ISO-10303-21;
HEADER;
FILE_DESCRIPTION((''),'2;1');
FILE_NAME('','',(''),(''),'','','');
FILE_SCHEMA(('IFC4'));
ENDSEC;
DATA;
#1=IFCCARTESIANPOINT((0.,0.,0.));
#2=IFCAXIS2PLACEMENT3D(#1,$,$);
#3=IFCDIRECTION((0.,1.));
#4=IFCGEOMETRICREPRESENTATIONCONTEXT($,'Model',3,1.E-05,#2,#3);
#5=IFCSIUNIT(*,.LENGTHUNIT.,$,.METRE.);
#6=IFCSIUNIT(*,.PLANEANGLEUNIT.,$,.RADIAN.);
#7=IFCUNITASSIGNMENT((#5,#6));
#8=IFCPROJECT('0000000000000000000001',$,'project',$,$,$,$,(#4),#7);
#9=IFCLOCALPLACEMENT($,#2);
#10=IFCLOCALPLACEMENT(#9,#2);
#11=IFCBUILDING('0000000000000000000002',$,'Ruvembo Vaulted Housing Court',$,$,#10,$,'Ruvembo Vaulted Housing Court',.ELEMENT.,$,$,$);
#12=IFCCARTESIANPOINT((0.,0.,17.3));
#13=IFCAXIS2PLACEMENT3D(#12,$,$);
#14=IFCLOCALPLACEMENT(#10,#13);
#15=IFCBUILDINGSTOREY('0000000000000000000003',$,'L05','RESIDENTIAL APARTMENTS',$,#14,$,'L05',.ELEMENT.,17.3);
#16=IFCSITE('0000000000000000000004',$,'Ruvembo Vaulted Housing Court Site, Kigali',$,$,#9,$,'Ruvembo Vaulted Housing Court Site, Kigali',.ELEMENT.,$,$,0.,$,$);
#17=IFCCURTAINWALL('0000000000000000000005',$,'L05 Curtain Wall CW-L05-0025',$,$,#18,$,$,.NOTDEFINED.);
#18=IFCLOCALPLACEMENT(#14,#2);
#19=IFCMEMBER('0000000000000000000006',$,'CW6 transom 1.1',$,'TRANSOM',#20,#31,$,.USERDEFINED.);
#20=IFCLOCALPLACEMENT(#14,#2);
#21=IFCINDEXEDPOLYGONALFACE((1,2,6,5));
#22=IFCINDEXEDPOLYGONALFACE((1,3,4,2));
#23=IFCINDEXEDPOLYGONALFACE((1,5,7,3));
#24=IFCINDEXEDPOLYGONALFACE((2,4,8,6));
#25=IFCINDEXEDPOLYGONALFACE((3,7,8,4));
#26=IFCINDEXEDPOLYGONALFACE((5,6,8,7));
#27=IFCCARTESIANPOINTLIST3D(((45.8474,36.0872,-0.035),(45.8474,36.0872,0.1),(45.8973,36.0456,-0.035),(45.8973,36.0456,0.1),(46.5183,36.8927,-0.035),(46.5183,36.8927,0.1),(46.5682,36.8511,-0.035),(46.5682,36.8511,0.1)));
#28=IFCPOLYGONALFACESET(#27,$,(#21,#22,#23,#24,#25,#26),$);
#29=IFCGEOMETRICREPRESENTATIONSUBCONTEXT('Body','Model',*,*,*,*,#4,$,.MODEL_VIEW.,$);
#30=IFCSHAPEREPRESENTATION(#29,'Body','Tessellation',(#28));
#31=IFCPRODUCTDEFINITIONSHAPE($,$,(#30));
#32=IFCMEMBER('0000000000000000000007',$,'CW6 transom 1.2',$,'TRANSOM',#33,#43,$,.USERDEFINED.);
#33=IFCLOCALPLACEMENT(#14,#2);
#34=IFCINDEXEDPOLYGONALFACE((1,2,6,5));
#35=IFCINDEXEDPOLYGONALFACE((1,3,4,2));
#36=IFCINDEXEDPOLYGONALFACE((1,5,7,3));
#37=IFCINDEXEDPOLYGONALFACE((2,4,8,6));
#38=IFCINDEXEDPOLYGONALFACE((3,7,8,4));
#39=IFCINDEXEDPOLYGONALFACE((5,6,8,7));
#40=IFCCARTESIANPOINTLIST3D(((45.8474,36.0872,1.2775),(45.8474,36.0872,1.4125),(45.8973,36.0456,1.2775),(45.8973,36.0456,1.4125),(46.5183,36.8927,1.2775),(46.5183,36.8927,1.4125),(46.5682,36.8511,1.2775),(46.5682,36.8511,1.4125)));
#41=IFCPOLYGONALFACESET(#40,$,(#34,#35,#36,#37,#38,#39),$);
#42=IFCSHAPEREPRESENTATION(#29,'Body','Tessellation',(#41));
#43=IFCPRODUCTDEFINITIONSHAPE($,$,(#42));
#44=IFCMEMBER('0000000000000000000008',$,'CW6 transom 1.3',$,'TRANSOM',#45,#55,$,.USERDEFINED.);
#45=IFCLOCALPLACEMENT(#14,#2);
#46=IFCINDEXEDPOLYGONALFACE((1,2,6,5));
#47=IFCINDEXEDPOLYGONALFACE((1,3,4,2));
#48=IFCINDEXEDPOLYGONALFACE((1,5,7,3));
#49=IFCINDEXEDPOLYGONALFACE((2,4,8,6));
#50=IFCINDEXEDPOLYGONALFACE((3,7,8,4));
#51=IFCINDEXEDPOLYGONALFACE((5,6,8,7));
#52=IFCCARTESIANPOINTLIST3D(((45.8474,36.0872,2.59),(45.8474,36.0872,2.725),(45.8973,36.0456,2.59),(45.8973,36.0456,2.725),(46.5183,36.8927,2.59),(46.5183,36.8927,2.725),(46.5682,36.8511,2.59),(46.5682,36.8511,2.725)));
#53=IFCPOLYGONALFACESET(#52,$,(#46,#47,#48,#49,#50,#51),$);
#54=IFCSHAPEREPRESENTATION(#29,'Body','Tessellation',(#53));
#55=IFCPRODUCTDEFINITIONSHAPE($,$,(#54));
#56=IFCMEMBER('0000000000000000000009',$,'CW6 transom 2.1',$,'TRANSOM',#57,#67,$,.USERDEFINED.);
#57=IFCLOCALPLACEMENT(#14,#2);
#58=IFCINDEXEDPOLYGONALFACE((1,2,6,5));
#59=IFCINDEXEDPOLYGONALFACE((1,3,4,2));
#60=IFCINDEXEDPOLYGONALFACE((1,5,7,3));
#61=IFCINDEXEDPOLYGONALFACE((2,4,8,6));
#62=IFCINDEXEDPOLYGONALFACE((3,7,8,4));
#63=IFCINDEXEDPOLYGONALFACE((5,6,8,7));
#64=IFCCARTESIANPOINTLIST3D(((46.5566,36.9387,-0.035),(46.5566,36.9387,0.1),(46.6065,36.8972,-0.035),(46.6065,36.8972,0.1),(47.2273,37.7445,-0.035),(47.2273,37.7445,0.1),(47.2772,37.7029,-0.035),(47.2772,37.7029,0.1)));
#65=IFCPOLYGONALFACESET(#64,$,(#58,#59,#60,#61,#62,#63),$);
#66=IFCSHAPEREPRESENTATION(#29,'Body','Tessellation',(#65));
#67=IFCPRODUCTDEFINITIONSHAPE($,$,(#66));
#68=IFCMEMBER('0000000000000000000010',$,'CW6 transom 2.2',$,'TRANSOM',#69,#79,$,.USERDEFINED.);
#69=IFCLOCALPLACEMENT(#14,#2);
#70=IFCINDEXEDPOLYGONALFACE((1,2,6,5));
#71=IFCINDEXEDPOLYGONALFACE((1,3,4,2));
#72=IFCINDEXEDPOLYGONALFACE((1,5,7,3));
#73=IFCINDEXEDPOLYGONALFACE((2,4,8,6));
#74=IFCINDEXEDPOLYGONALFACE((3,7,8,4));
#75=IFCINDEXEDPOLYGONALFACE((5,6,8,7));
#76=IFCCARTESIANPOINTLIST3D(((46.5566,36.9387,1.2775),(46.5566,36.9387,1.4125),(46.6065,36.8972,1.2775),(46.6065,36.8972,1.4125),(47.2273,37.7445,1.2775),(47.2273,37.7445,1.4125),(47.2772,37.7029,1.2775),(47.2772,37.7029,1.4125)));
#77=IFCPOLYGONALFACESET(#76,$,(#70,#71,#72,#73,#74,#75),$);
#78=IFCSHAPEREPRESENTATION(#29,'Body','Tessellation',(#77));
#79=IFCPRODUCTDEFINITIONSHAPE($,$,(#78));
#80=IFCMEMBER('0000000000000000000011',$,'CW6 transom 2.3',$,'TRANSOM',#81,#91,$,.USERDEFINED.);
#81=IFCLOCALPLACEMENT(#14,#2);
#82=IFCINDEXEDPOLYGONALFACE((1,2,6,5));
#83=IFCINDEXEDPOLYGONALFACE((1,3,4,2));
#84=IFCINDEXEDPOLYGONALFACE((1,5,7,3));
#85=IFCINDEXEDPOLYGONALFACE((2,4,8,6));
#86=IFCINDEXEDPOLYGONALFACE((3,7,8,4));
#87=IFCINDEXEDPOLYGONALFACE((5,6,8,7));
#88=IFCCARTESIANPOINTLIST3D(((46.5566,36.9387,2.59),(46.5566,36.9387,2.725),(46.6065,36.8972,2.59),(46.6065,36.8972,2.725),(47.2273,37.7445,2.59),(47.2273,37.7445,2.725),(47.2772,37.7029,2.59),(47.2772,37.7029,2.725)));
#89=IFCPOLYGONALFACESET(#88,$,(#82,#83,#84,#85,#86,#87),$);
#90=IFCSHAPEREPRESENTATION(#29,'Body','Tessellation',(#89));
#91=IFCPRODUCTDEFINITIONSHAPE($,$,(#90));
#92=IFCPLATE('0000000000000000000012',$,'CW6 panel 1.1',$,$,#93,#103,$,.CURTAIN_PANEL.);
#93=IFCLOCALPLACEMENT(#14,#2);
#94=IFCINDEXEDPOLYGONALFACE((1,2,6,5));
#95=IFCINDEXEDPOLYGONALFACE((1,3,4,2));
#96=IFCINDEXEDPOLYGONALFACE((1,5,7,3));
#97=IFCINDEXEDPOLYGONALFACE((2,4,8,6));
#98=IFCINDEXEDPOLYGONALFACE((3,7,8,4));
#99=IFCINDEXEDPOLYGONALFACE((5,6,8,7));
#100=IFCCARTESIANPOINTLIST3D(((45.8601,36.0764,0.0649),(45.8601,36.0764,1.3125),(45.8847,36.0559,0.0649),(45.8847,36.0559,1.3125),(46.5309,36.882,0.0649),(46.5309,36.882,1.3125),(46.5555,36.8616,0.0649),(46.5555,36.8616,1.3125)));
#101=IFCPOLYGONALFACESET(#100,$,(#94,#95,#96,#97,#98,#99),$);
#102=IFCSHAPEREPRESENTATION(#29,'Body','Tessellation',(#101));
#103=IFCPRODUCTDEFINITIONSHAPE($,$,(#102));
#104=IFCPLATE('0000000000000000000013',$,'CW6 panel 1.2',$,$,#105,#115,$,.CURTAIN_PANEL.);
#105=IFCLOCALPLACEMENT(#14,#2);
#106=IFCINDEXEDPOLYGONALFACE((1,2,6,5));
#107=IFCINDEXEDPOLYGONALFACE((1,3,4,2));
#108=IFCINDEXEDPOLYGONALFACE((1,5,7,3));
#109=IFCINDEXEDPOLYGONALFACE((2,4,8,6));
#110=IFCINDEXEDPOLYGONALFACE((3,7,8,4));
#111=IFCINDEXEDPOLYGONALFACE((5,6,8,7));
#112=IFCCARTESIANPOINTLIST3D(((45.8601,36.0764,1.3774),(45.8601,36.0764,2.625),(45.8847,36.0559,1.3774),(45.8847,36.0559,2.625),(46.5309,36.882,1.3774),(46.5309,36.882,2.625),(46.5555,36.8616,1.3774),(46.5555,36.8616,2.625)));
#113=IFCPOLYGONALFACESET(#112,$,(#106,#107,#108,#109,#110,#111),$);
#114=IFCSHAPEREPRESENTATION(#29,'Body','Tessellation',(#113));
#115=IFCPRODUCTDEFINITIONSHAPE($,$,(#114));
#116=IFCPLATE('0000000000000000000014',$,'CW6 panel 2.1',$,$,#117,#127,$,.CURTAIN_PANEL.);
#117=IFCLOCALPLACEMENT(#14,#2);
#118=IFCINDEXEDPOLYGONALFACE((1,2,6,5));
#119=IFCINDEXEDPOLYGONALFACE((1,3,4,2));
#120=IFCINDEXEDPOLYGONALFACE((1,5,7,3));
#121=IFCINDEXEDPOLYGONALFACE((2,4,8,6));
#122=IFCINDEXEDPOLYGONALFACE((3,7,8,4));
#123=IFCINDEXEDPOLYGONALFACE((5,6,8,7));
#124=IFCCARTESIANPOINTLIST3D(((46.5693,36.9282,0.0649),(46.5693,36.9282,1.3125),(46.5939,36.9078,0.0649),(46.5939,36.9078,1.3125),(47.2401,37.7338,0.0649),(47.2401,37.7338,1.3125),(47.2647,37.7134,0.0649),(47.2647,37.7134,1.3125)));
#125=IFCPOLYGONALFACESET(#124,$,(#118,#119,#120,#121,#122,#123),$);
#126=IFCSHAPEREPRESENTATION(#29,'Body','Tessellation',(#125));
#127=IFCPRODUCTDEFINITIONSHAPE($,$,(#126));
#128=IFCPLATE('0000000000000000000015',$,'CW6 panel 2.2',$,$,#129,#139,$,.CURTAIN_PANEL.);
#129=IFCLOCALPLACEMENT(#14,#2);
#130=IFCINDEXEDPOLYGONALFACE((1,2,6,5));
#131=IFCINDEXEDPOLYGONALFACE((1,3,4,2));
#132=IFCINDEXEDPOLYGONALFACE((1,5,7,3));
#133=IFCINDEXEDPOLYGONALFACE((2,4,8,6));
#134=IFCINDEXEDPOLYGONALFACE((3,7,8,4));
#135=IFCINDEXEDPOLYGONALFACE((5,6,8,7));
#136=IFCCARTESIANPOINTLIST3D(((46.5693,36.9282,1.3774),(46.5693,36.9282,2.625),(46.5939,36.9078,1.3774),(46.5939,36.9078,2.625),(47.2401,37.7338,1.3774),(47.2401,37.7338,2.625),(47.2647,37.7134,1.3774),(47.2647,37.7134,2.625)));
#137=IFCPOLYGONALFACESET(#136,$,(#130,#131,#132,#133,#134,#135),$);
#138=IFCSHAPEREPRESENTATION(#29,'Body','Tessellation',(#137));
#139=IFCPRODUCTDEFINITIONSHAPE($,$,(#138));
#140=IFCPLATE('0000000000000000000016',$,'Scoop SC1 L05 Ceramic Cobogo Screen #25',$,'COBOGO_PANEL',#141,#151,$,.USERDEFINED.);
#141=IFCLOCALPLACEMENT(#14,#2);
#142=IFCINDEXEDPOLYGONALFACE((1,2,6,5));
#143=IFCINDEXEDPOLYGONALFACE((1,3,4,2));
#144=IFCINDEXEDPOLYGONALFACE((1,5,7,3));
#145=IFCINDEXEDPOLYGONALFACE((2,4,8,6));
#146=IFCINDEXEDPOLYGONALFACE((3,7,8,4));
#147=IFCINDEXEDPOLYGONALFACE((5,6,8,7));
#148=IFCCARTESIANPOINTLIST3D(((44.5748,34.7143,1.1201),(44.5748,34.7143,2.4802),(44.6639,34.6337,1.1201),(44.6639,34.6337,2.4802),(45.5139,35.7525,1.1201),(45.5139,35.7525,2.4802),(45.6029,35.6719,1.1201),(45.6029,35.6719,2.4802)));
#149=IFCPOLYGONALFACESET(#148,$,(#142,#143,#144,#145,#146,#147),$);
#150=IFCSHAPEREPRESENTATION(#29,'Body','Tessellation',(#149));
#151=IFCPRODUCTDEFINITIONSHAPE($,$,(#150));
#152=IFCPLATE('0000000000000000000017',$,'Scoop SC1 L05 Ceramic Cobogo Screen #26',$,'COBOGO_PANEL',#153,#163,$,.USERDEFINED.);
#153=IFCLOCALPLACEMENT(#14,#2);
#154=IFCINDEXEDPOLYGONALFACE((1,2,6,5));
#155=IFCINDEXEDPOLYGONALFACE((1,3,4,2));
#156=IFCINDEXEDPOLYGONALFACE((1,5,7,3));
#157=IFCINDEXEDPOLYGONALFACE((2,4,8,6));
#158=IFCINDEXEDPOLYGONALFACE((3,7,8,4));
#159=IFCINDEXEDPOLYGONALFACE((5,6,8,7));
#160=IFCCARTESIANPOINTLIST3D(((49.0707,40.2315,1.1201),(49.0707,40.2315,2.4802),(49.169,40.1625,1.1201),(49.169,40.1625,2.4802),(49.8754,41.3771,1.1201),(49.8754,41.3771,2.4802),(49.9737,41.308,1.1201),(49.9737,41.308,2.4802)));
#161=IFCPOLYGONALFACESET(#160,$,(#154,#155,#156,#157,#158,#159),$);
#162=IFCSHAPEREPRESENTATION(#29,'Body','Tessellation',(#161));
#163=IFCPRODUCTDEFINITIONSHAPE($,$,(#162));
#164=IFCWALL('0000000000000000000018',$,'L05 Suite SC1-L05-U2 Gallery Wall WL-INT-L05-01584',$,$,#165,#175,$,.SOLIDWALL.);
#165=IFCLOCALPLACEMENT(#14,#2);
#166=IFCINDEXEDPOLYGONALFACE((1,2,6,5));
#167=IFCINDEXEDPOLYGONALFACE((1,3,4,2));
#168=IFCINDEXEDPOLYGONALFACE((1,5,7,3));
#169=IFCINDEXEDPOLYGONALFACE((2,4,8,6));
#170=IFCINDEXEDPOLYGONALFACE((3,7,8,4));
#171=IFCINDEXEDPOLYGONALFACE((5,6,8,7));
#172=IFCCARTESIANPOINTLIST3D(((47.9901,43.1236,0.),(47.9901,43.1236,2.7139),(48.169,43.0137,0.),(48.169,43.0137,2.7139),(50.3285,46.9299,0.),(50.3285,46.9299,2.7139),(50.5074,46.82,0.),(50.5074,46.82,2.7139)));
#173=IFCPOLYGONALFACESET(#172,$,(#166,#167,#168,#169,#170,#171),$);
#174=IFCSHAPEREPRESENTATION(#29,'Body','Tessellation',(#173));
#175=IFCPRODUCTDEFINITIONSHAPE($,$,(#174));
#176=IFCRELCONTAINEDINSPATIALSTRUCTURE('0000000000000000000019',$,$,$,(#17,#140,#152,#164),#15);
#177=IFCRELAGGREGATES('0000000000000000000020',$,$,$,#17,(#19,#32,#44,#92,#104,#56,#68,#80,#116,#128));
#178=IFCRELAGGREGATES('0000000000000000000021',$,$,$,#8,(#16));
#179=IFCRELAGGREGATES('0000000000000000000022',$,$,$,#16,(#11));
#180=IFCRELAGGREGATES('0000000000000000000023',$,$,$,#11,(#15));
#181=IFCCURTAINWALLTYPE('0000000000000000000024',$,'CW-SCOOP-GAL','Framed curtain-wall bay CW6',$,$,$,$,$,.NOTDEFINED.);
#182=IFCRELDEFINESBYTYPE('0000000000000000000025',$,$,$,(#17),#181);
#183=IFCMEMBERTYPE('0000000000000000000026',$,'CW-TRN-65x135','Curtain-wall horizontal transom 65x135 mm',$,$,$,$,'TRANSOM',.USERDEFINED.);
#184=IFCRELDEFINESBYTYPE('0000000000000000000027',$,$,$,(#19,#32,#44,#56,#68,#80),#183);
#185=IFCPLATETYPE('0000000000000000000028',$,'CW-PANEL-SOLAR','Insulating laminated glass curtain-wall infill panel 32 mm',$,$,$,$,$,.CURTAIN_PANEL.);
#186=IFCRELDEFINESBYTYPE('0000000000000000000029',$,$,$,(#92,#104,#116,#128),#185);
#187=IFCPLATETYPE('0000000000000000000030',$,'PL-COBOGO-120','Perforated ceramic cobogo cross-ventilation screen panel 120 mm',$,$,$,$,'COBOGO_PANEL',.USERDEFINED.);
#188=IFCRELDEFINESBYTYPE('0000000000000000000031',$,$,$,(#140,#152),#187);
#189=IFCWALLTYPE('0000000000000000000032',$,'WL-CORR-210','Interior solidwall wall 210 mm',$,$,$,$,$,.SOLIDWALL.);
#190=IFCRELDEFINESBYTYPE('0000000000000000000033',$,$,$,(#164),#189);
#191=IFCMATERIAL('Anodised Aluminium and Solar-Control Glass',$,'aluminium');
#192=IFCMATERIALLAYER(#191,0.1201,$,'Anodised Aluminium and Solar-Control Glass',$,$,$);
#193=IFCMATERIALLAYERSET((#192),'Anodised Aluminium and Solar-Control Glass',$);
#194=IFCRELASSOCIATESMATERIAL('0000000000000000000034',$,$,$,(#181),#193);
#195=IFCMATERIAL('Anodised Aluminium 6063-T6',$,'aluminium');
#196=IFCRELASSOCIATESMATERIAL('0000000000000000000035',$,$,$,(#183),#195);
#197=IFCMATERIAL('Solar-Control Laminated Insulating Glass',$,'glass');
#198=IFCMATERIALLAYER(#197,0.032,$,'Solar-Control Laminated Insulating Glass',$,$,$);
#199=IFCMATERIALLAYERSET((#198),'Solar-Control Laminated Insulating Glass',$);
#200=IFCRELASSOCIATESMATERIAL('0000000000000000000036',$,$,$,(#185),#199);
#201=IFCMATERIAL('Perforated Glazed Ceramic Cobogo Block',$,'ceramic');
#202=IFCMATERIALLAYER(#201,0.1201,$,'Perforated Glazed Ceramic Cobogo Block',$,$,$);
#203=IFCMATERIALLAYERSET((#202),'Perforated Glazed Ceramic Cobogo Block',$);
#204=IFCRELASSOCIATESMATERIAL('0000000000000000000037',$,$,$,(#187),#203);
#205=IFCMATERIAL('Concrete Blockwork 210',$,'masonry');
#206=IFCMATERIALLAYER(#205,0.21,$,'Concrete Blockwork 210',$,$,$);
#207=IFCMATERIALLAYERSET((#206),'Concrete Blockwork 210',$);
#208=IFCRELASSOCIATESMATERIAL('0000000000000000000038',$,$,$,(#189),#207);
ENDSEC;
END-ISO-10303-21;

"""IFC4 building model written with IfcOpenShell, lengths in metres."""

from ifc_helpers import new_model, si_unit, direction, frame, frame_2d, origin, origin_2d, place, context, subcontext, project, spatial, rectangle, extrude, material, layer, layer_set, material_profile, profile_set, type_object, element, aggregate, save


model = new_model("IFC4")

# Units and contexts
model_context = context("Model", 3, precision=1e-05, world=origin(), true_north=direction((0.0, 1.0)))
body_context = subcontext(model_context, "Body", "Model", "MODEL_VIEW")
ifc_project = project(units=[si_unit("LENGTHUNIT", "METRE"), si_unit("PLANEANGLEUNIT", "RADIAN")], contexts=[model_context])

# Site, building, storey
site_placement = place(None, origin())
site = spatial("IfcSite", under=ifc_project, at=site_placement, Name="Ruvembo Vaulted Housing Court Site, Kigali", LongName="Ruvembo Vaulted Housing Court Site, Kigali", CompositionType="ELEMENT", RefElevation=0.0)
building_placement = place(site_placement, origin())
building = spatial("IfcBuilding", under=site, at=building_placement, Name="Ruvembo Vaulted Housing Court", LongName="Ruvembo Vaulted Housing Court", CompositionType="ELEMENT")
storey_placement = place(building_placement, frame((0.0, 0.0, 17.3)))
storey = spatial("IfcBuildingStorey", under=building, at=storey_placement, Name="L05", Description="RESIDENTIAL APARTMENTS", LongName="L05", CompositionType="ELEMENT", Elevation=17.3)

# Shared definitions
ifc_material_1 = material(Name="Anodised Aluminium and Solar-Control Glass", Category="aluminium")
ifc_layer_1 = layer(ifc_material_1, 0.1201, Name="Anodised Aluminium and Solar-Control Glass")
ifc_layer_set_1 = layer_set([ifc_layer_1], Name="Anodised Aluminium and Solar-Control Glass")
curtain_wall_type = type_object("IfcCurtainWallType", Name="CW-SCOOP-GAL", Description="Framed curtain-wall bay CW6", PredefinedType="NOTDEFINED", material=ifc_layer_set_1)
ifc_material_2 = material(Name="Anodised Aluminium 6063-T6", Category="aluminium")

# Curtain wall
curtain_wall_1_placement = place(storey_placement, origin())
curtain_wall_1 = element("IfcCurtainWall", 1, at=curtain_wall_1_placement, inside=storey, type_object=curtain_wall_type, Name="L05 Curtain Wall CW-L05-0025", PredefinedType="NOTDEFINED")

# Members
ifc_material_profile_1 = material_profile(ifc_material_2, rectangle(XDim=0.0649, YDim=0.135, at=origin_2d()), Name="ALU 65x135")
ifc_profile_set_1 = profile_set([ifc_material_profile_1], Name="Anodised Aluminium 6063-T6")
member_type_1 = type_object("IfcMemberType", Name="CW-TRN-65x135", Description="Curtain-wall horizontal transom 65x135 mm", ElementType="TRANSOM", PredefinedType="USERDEFINED", material=ifc_profile_set_1)
member_1_placement = place(storey_placement, frame((45.8723, 36.0664, 0.0325), z_axis=(0.640024, 0.768355, 0.0), x_axis=(-0.768355, 0.640024, 0.0)))
member_1 = element("IfcMember", 2, at=member_1_placement, type_object=member_type_1, Name="CW6 transom 1.1", ObjectType="TRANSOM", PredefinedType="USERDEFINED", context=body_context, shape_type="SweptSolid", body=[
    extrude(rectangle(XDim=0.0649, YDim=0.135, at=origin_2d()), origin(), (0.0, 0.0, 1.0), 1.0483),
])
member_2_placement = place(storey_placement, frame((45.8723, 36.0664, 1.345), z_axis=(0.640024, 0.768355, 0.0), x_axis=(-0.768355, 0.640024, 0.0)))
member_2 = element("IfcMember", 3, at=member_2_placement, type_object=member_type_1, Name="CW6 transom 1.2", ObjectType="TRANSOM", PredefinedType="USERDEFINED", context=body_context, shape_type="SweptSolid", body=[
    extrude(rectangle(XDim=0.0649, YDim=0.135, at=origin_2d()), origin(), (0.0, 0.0, 1.0), 1.0483),
])
member_3_placement = place(storey_placement, frame((45.8723, 36.0664, 2.6575), z_axis=(0.640024, 0.768355, 0.0), x_axis=(-0.768355, 0.640024, 0.0)))
member_3 = element("IfcMember", 4, at=member_3_placement, type_object=member_type_1, Name="CW6 transom 1.3", ObjectType="TRANSOM", PredefinedType="USERDEFINED", context=body_context, shape_type="SweptSolid", body=[
    extrude(rectangle(XDim=0.0649, YDim=0.135, at=origin_2d()), origin(), (0.0, 0.0, 1.0), 1.0483),
])
member_4_placement = place(storey_placement, frame((46.5815, 36.918, 0.0325), z_axis=(0.639772, 0.768565, 0.0), x_axis=(-0.768565, 0.639772, 0.0)))
member_4 = element("IfcMember", 5, at=member_4_placement, type_object=member_type_1, Name="CW6 transom 2.1", ObjectType="TRANSOM", PredefinedType="USERDEFINED", context=body_context, shape_type="SweptSolid", body=[
    extrude(rectangle(XDim=0.0649, YDim=0.135, at=origin_2d()), origin(), (0.0, 0.0, 1.0), 1.0483),
])
member_5_placement = place(storey_placement, frame((46.5815, 36.918, 1.345), z_axis=(0.639772, 0.768565, 0.0), x_axis=(-0.768565, 0.639772, 0.0)))
member_5 = element("IfcMember", 6, at=member_5_placement, type_object=member_type_1, Name="CW6 transom 2.2", ObjectType="TRANSOM", PredefinedType="USERDEFINED", context=body_context, shape_type="SweptSolid", body=[
    extrude(rectangle(XDim=0.0649, YDim=0.135, at=origin_2d()), origin(), (0.0, 0.0, 1.0), 1.0483),
])
member_6_placement = place(storey_placement, frame((46.5815, 36.918, 2.6575), z_axis=(0.639772, 0.768565, 0.0), x_axis=(-0.768565, 0.639772, 0.0)))
member_6 = element("IfcMember", 7, at=member_6_placement, type_object=member_type_1, Name="CW6 transom 2.3", ObjectType="TRANSOM", PredefinedType="USERDEFINED", context=body_context, shape_type="SweptSolid", body=[
    extrude(rectangle(XDim=0.0649, YDim=0.135, at=origin_2d()), origin(), (0.0, 0.0, 1.0), 1.0483),
])

# Plates
ifc_material_3 = material(Name="Solar-Control Laminated Insulating Glass", Category="glass")
ifc_layer_2 = layer(ifc_material_3, 0.032, Name="Solar-Control Laminated Insulating Glass")
ifc_layer_set_2 = layer_set([ifc_layer_2], Name="Solar-Control Laminated Insulating Glass")
plate_type_1 = type_object("IfcPlateType", Name="CW-PANEL-SOLAR", Description="Insulating laminated glass curtain-wall infill panel 32 mm", PredefinedType="CURTAIN_PANEL", material=ifc_layer_set_2)
plate_1_placement = place(storey_placement, frame((46.2078, 36.469, 0.0649), z_axis=(0.0, 0.0, 1.0), x_axis=(0.639869, 0.768484, 0.0)))
plate_1 = element("IfcPlate", 8, at=plate_1_placement, type_object=plate_type_1, Name="CW6 panel 1.1", PredefinedType="CURTAIN_PANEL", context=body_context, shape_type="SweptSolid", body=[
    extrude(rectangle(XDim=1.0483, YDim=0.032, at=origin_2d()), origin(), (0.0, 0.0, 1.0), 1.2476),
])
plate_2_placement = place(storey_placement, frame((46.2078, 36.469, 1.3774), z_axis=(0.0, 0.0, 1.0), x_axis=(0.639869, 0.768484, 0.0)))
plate_2 = element("IfcPlate", 9, at=plate_2_placement, type_object=plate_type_1, Name="CW6 panel 1.2", PredefinedType="CURTAIN_PANEL", context=body_context, shape_type="SweptSolid", body=[
    extrude(rectangle(XDim=1.0483, YDim=0.032, at=origin_2d()), origin(), (0.0, 0.0, 1.0), 1.2476),
])
plate_3_placement = place(storey_placement, frame((46.917, 37.3208, 0.0649), z_axis=(0.0, 0.0, 1.0), x_axis=(0.639869, 0.768484, 0.0)))
plate_3 = element("IfcPlate", 10, at=plate_3_placement, type_object=plate_type_1, Name="CW6 panel 2.1", PredefinedType="CURTAIN_PANEL", context=body_context, shape_type="SweptSolid", body=[
    extrude(rectangle(XDim=1.0483, YDim=0.032, at=origin_2d()), origin(), (0.0, 0.0, 1.0), 1.2476),
])
plate_4_placement = place(storey_placement, frame((46.917, 37.3208, 1.3774), z_axis=(0.0, 0.0, 1.0), x_axis=(0.639869, 0.768484, 0.0)))
plate_4 = element("IfcPlate", 11, at=plate_4_placement, type_object=plate_type_1, Name="CW6 panel 2.2", PredefinedType="CURTAIN_PANEL", context=body_context, shape_type="SweptSolid", body=[
    extrude(rectangle(XDim=1.0483, YDim=0.032, at=origin_2d()), origin(), (0.0, 0.0, 1.0), 1.2476),
])
aggregate(curtain_wall_1, [member_1, member_2, member_3, plate_1, plate_2, member_4, member_5, member_6, plate_3, plate_4])

# Plates
ifc_material_4 = material(Name="Perforated Glazed Ceramic Cobogo Block", Category="ceramic")
ifc_layer_3 = layer(ifc_material_4, 0.1201, Name="Perforated Glazed Ceramic Cobogo Block")
ifc_layer_set_3 = layer_set([ifc_layer_3], Name="Perforated Glazed Ceramic Cobogo Block")
plate_type_2 = type_object("IfcPlateType", Name="PL-COBOGO-120", Description="Perforated ceramic cobogo cross-ventilation screen panel 120 mm", ElementType="COBOGO_PANEL", PredefinedType="USERDEFINED", material=ifc_layer_set_3)
for number, where, z_axis, x_axis, name in (
    (12, (45.0889, 35.1931, 1.1201), (0.0, 0.0, 1.0), (0.670815, 0.741625, 0.0), "Scoop SC1 L05 Ceramic Cobogo Screen #25"),
    (13, (49.5222, 40.7698, 1.1201), (0.0, 0.0, 1.0), (0.574805, 0.81829, 0.0), "Scoop SC1 L05 Ceramic Cobogo Screen #26"),
):
    element("IfcPlate", number, at=place(storey_placement, frame(where, z_axis=z_axis, x_axis=x_axis)), inside=storey, type_object=plate_type_2, Name=name, ObjectType="COBOGO_PANEL", PredefinedType="USERDEFINED", context=body_context, shape_type="SweptSolid", body=[
        extrude(rectangle(XDim=1.3999, YDim=0.1201, at=origin_2d()), origin(), (0.0, 0.0, 1.0), 1.3601),
    ])

# Shared definitions
ifc_material_5 = material(Name="Concrete Blockwork 210", Category="masonry")
ifc_layer_4 = layer(ifc_material_5, 0.21, Name="Concrete Blockwork 210")
ifc_layer_set_4 = layer_set([ifc_layer_4], Name="Concrete Blockwork 210")
wall_type = type_object("IfcWallType", Name="WL-CORR-210", Description="Interior solidwall wall 210 mm", PredefinedType="SOLIDWALL", material=ifc_layer_set_4)

# Wall
wall_1_placement = place(storey_placement, frame((48.0796, 43.0686, 0.0), z_axis=(0.0, 0.0, 1.0), x_axis=(0.523445, 0.85206, 0.0)))
element("IfcWall", 14, at=wall_1_placement, inside=storey, type_object=wall_type, Name="L05 Suite SC1-L05-U2 Gallery Wall WL-INT-L05-01584", PredefinedType="SOLIDWALL", context=body_context, shape_type="SweptSolid", body=[
    extrude(rectangle(XDim=4.4673, YDim=0.21, at=frame_2d((2.2336, 0.0))), origin(), (0.0, 0.0, 1.0), 2.7139),
])

save(model, "model.ifc")
